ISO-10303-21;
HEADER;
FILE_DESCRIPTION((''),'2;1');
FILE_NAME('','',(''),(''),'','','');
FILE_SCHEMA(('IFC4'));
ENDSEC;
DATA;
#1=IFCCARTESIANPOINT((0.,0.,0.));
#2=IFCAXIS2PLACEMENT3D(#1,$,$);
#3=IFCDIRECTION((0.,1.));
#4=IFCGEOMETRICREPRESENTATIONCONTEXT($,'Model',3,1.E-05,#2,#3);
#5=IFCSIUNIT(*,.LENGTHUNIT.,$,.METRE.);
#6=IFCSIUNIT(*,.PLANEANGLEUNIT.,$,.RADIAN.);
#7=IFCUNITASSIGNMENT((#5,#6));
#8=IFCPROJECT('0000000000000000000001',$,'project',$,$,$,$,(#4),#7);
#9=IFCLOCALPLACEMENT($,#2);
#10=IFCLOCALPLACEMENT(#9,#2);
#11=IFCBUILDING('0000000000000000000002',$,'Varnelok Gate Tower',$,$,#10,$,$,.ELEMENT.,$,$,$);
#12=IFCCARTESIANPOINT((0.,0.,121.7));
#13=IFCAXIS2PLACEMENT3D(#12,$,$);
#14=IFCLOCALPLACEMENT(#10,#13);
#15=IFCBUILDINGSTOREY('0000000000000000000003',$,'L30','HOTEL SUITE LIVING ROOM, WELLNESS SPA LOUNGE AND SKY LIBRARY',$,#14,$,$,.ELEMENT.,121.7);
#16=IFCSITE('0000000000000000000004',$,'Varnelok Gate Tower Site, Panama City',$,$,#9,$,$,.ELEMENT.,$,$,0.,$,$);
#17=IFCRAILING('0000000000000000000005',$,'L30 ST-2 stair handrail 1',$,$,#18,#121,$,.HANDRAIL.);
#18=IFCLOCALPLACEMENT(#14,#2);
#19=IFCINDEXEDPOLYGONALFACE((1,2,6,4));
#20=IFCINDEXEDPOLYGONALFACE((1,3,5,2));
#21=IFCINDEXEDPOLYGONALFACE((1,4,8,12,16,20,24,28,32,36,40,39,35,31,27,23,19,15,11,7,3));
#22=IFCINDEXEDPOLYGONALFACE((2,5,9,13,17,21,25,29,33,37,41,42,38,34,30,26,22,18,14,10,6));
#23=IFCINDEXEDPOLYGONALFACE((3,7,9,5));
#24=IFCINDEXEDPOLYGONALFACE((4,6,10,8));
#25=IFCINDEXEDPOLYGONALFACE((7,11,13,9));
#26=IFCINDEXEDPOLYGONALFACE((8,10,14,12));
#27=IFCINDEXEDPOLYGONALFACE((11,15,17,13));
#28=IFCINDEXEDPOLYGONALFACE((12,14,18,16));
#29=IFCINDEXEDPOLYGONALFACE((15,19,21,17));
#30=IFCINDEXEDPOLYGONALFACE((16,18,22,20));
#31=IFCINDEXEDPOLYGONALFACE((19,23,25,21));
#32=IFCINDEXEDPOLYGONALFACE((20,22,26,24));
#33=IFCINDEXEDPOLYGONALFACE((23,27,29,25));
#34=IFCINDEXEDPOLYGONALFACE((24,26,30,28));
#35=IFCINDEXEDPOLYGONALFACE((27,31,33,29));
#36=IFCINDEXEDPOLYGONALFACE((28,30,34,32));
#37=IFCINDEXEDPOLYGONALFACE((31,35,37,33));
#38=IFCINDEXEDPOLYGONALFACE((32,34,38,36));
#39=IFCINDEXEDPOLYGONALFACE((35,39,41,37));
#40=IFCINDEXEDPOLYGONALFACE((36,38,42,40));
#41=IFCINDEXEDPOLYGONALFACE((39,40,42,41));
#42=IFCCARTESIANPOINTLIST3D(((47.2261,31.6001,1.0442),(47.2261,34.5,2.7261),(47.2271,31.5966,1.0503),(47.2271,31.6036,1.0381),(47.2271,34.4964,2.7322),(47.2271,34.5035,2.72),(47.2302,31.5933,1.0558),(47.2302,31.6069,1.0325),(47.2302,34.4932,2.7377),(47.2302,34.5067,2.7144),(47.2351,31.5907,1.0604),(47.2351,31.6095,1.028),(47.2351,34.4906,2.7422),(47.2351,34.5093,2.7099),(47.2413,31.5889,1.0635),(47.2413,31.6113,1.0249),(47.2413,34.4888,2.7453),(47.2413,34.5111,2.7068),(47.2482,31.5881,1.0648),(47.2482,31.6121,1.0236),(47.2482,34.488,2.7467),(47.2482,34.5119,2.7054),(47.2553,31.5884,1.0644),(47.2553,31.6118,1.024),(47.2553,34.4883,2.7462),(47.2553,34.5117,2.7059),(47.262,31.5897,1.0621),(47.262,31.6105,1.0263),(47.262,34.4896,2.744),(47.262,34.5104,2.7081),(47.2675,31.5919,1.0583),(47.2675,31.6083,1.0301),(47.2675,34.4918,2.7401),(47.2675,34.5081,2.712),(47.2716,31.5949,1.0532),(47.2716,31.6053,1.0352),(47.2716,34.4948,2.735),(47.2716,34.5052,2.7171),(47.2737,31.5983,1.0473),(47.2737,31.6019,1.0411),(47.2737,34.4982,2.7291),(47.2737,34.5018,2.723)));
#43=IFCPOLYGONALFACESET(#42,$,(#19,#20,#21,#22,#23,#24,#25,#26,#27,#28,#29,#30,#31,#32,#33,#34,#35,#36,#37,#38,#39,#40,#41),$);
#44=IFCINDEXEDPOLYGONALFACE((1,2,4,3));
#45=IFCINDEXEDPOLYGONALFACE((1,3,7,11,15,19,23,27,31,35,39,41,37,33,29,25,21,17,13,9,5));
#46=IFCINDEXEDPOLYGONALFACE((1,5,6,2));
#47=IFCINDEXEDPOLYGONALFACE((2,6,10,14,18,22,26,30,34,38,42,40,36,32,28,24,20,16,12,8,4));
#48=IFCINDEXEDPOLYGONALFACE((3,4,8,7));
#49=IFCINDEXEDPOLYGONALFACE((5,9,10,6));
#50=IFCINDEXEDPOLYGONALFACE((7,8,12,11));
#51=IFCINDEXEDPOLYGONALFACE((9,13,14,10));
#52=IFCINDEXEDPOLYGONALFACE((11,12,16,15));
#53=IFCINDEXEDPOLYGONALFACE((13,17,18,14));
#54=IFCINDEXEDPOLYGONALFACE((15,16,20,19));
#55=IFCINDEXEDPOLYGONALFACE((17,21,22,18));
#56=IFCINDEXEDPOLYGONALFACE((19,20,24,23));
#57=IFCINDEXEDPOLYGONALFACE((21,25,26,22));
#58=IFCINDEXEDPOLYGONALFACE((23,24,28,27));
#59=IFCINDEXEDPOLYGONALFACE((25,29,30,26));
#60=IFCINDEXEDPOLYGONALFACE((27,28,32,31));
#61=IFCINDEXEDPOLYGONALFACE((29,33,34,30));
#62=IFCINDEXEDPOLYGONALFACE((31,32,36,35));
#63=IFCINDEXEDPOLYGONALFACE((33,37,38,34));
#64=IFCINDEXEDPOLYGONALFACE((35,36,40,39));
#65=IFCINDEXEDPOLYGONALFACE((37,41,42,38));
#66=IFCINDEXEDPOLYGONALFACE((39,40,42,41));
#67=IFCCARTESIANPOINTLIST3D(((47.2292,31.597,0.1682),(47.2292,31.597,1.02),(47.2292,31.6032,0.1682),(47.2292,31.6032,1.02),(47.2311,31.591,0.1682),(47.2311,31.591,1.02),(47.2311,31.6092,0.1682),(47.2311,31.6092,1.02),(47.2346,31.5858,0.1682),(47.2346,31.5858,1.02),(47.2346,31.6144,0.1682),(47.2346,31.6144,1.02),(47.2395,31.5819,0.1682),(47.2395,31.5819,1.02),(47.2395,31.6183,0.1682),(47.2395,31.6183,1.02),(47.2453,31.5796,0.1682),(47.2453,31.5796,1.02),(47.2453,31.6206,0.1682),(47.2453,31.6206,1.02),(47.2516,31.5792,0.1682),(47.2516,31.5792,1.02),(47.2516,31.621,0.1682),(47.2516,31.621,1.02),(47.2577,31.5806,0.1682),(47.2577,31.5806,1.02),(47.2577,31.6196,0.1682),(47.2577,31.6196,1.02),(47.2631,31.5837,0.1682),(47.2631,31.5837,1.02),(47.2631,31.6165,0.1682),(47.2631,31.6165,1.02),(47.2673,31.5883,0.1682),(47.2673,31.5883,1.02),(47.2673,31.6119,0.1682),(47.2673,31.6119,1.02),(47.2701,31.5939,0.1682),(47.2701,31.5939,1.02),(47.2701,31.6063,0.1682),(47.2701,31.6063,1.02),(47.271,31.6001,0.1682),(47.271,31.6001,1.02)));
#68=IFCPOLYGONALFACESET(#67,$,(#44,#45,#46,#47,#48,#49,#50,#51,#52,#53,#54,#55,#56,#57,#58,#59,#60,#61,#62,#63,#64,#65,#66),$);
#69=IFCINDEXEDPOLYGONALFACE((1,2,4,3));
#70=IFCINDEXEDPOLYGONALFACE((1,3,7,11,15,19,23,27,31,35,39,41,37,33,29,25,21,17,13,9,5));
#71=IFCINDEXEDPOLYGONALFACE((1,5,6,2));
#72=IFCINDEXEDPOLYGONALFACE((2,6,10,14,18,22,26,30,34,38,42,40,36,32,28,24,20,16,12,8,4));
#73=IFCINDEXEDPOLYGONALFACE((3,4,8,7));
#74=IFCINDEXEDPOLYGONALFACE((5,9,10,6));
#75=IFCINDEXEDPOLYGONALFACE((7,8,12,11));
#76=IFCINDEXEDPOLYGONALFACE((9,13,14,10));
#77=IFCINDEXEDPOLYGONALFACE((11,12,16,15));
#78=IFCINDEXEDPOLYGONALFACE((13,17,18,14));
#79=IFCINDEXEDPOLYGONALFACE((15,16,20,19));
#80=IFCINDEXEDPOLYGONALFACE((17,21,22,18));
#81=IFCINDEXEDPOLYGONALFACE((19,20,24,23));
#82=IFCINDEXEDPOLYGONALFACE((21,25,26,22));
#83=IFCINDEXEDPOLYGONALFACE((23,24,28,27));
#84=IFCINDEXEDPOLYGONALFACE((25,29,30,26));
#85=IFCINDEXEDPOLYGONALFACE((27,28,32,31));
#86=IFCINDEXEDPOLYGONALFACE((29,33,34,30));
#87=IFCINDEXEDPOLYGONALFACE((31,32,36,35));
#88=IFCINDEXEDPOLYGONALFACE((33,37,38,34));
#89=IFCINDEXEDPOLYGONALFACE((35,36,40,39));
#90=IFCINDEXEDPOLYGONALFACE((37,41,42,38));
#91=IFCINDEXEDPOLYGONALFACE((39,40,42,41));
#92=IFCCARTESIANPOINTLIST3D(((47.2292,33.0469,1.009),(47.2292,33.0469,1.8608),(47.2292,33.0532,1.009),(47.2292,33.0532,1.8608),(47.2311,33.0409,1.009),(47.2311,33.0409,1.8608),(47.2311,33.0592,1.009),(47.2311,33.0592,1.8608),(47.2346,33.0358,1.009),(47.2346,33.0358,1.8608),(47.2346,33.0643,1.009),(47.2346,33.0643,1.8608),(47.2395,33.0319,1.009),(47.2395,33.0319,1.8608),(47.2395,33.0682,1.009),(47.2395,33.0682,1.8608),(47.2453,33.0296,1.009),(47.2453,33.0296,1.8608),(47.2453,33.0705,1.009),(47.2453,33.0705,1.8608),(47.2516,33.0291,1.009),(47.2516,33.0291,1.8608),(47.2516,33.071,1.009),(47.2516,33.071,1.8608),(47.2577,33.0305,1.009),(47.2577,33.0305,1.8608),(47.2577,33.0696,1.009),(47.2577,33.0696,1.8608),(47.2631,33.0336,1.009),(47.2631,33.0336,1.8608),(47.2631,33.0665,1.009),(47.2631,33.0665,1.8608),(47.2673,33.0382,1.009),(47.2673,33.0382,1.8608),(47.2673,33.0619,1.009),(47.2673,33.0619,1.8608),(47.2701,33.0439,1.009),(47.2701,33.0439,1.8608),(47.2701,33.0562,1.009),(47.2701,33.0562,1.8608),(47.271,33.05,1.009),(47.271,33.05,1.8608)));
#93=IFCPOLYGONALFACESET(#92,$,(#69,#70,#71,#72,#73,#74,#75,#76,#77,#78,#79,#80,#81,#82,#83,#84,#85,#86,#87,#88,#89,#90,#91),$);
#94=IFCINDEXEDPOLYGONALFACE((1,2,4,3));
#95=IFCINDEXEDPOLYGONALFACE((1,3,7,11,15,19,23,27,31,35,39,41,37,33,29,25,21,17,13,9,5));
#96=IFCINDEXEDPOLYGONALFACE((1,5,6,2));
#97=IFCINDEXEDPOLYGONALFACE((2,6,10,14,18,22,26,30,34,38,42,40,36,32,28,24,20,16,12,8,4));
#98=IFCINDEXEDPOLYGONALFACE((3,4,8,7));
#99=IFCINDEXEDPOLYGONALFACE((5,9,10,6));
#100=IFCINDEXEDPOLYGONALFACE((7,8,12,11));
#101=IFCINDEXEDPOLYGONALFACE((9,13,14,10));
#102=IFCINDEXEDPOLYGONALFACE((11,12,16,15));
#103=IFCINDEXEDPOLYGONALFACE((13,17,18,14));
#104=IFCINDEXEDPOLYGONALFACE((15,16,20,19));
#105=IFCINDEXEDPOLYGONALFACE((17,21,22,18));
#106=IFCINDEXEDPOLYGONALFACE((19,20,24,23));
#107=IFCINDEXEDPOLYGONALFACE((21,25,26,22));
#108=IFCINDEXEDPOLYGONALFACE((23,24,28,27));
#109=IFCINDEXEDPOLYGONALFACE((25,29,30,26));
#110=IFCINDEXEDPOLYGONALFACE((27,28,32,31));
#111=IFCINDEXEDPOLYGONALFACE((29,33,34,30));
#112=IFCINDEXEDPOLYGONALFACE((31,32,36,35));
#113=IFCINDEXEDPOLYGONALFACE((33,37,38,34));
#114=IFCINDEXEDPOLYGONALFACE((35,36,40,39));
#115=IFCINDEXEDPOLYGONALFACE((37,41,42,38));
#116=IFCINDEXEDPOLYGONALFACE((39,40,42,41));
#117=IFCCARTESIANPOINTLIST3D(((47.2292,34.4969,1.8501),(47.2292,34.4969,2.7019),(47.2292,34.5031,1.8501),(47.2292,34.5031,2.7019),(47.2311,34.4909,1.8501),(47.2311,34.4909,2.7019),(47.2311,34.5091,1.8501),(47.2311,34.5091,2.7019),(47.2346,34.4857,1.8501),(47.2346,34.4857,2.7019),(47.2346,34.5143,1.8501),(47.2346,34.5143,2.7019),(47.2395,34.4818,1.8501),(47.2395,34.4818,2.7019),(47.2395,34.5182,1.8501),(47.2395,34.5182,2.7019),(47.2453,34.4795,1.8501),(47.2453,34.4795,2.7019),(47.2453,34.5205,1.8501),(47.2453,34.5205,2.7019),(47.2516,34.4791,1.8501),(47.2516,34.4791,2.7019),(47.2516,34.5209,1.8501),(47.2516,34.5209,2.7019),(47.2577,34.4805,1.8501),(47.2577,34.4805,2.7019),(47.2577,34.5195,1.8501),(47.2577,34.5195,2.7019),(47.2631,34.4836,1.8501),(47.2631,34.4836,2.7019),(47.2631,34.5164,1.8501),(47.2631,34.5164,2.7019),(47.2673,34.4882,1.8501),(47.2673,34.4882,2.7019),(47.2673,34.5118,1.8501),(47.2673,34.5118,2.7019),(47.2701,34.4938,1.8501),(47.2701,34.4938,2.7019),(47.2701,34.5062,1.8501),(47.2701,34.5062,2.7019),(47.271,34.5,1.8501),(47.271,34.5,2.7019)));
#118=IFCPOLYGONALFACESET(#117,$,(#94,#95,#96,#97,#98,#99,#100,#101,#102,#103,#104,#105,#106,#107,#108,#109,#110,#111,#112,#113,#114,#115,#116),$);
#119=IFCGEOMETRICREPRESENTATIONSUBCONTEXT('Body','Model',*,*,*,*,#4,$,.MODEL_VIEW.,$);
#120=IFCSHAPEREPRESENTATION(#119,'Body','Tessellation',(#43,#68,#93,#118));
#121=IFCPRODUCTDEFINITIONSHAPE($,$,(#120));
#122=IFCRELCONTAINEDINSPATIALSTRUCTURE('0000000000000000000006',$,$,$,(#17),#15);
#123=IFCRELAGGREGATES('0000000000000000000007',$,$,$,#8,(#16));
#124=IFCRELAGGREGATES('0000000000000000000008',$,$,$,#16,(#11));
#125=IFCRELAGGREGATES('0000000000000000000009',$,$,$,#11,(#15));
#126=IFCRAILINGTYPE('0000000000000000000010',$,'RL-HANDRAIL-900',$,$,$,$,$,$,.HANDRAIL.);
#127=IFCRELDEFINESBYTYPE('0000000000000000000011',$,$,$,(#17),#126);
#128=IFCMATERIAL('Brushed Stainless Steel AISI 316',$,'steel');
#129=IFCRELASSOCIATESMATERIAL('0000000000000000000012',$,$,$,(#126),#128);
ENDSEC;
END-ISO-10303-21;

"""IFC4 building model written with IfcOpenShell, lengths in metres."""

from ifc_helpers import new_model, si_unit, direction, frame, origin, origin_2d, place, context, subcontext, project, spatial, circle, extrude, material, type_object, element, save


model = new_model("IFC4")

# Units and contexts
model_context = context("Model", 3, precision=1e-05, world=origin(), true_north=direction((0.0, 1.0)))
body_context = subcontext(model_context, "Body", "Model", "MODEL_VIEW")
ifc_project = project(units=[si_unit("LENGTHUNIT", "METRE"), si_unit("PLANEANGLEUNIT", "RADIAN")], contexts=[model_context])

# Site, building, storey
site_placement = place(None, origin())
site = spatial("IfcSite", under=ifc_project, at=site_placement, Name="Varnelok Gate Tower Site, Panama City", CompositionType="ELEMENT", RefElevation=0.0)
building_placement = place(site_placement, origin())
building = spatial("IfcBuilding", under=site, at=building_placement, Name="Varnelok Gate Tower", CompositionType="ELEMENT")
storey_placement = place(building_placement, frame((0.0, 0.0, 121.7)))
storey = spatial("IfcBuildingStorey", under=building, at=storey_placement, Name="L30", Description="HOTEL SUITE LIVING ROOM, WELLNESS SPA LOUNGE AND SKY LIBRARY", CompositionType="ELEMENT", Elevation=121.7)

# Railing
ifc_material_1 = material(Name="Brushed Stainless Steel AISI 316", Category="steel")
railing_type_1 = type_object("IfcRailingType", Name="RL-HANDRAIL-900", PredefinedType="HANDRAIL", material=ifc_material_1)
railing_1_placement = place(storey_placement, frame((47.25, 31.6001, 0.1682)))
element("IfcRailing", 1, at=railing_1_placement, inside=storey, type_object=railing_type_1, Name="L30 ST-2 stair handrail 1", PredefinedType="HANDRAIL", context=body_context, shape_type="SweptSolid", body=[
    extrude(circle(Radius=0.0239, at=origin_2d()), frame((0.0, 0.0, 0.876), z_axis=(0.0, 0.865039, 0.501705), x_axis=(-1.0, 0.0, 0.0)), (0.0, 0.0, 1.0), 3.3523),
    extrude(circle(Radius=0.021, at=origin_2d()), origin(), (0.0, 0.0, 1.0), 0.8518),
    extrude(circle(Radius=0.021, at=origin_2d()), frame((0.0, 1.45, 0.8408)), (0.0, 0.0, 1.0), 0.8518),
    extrude(circle(Radius=0.021, at=origin_2d()), frame((0.0, 2.8999, 1.6819)), (0.0, 0.0, 1.0), 0.8518),
])

save(model, "model.ifc")
